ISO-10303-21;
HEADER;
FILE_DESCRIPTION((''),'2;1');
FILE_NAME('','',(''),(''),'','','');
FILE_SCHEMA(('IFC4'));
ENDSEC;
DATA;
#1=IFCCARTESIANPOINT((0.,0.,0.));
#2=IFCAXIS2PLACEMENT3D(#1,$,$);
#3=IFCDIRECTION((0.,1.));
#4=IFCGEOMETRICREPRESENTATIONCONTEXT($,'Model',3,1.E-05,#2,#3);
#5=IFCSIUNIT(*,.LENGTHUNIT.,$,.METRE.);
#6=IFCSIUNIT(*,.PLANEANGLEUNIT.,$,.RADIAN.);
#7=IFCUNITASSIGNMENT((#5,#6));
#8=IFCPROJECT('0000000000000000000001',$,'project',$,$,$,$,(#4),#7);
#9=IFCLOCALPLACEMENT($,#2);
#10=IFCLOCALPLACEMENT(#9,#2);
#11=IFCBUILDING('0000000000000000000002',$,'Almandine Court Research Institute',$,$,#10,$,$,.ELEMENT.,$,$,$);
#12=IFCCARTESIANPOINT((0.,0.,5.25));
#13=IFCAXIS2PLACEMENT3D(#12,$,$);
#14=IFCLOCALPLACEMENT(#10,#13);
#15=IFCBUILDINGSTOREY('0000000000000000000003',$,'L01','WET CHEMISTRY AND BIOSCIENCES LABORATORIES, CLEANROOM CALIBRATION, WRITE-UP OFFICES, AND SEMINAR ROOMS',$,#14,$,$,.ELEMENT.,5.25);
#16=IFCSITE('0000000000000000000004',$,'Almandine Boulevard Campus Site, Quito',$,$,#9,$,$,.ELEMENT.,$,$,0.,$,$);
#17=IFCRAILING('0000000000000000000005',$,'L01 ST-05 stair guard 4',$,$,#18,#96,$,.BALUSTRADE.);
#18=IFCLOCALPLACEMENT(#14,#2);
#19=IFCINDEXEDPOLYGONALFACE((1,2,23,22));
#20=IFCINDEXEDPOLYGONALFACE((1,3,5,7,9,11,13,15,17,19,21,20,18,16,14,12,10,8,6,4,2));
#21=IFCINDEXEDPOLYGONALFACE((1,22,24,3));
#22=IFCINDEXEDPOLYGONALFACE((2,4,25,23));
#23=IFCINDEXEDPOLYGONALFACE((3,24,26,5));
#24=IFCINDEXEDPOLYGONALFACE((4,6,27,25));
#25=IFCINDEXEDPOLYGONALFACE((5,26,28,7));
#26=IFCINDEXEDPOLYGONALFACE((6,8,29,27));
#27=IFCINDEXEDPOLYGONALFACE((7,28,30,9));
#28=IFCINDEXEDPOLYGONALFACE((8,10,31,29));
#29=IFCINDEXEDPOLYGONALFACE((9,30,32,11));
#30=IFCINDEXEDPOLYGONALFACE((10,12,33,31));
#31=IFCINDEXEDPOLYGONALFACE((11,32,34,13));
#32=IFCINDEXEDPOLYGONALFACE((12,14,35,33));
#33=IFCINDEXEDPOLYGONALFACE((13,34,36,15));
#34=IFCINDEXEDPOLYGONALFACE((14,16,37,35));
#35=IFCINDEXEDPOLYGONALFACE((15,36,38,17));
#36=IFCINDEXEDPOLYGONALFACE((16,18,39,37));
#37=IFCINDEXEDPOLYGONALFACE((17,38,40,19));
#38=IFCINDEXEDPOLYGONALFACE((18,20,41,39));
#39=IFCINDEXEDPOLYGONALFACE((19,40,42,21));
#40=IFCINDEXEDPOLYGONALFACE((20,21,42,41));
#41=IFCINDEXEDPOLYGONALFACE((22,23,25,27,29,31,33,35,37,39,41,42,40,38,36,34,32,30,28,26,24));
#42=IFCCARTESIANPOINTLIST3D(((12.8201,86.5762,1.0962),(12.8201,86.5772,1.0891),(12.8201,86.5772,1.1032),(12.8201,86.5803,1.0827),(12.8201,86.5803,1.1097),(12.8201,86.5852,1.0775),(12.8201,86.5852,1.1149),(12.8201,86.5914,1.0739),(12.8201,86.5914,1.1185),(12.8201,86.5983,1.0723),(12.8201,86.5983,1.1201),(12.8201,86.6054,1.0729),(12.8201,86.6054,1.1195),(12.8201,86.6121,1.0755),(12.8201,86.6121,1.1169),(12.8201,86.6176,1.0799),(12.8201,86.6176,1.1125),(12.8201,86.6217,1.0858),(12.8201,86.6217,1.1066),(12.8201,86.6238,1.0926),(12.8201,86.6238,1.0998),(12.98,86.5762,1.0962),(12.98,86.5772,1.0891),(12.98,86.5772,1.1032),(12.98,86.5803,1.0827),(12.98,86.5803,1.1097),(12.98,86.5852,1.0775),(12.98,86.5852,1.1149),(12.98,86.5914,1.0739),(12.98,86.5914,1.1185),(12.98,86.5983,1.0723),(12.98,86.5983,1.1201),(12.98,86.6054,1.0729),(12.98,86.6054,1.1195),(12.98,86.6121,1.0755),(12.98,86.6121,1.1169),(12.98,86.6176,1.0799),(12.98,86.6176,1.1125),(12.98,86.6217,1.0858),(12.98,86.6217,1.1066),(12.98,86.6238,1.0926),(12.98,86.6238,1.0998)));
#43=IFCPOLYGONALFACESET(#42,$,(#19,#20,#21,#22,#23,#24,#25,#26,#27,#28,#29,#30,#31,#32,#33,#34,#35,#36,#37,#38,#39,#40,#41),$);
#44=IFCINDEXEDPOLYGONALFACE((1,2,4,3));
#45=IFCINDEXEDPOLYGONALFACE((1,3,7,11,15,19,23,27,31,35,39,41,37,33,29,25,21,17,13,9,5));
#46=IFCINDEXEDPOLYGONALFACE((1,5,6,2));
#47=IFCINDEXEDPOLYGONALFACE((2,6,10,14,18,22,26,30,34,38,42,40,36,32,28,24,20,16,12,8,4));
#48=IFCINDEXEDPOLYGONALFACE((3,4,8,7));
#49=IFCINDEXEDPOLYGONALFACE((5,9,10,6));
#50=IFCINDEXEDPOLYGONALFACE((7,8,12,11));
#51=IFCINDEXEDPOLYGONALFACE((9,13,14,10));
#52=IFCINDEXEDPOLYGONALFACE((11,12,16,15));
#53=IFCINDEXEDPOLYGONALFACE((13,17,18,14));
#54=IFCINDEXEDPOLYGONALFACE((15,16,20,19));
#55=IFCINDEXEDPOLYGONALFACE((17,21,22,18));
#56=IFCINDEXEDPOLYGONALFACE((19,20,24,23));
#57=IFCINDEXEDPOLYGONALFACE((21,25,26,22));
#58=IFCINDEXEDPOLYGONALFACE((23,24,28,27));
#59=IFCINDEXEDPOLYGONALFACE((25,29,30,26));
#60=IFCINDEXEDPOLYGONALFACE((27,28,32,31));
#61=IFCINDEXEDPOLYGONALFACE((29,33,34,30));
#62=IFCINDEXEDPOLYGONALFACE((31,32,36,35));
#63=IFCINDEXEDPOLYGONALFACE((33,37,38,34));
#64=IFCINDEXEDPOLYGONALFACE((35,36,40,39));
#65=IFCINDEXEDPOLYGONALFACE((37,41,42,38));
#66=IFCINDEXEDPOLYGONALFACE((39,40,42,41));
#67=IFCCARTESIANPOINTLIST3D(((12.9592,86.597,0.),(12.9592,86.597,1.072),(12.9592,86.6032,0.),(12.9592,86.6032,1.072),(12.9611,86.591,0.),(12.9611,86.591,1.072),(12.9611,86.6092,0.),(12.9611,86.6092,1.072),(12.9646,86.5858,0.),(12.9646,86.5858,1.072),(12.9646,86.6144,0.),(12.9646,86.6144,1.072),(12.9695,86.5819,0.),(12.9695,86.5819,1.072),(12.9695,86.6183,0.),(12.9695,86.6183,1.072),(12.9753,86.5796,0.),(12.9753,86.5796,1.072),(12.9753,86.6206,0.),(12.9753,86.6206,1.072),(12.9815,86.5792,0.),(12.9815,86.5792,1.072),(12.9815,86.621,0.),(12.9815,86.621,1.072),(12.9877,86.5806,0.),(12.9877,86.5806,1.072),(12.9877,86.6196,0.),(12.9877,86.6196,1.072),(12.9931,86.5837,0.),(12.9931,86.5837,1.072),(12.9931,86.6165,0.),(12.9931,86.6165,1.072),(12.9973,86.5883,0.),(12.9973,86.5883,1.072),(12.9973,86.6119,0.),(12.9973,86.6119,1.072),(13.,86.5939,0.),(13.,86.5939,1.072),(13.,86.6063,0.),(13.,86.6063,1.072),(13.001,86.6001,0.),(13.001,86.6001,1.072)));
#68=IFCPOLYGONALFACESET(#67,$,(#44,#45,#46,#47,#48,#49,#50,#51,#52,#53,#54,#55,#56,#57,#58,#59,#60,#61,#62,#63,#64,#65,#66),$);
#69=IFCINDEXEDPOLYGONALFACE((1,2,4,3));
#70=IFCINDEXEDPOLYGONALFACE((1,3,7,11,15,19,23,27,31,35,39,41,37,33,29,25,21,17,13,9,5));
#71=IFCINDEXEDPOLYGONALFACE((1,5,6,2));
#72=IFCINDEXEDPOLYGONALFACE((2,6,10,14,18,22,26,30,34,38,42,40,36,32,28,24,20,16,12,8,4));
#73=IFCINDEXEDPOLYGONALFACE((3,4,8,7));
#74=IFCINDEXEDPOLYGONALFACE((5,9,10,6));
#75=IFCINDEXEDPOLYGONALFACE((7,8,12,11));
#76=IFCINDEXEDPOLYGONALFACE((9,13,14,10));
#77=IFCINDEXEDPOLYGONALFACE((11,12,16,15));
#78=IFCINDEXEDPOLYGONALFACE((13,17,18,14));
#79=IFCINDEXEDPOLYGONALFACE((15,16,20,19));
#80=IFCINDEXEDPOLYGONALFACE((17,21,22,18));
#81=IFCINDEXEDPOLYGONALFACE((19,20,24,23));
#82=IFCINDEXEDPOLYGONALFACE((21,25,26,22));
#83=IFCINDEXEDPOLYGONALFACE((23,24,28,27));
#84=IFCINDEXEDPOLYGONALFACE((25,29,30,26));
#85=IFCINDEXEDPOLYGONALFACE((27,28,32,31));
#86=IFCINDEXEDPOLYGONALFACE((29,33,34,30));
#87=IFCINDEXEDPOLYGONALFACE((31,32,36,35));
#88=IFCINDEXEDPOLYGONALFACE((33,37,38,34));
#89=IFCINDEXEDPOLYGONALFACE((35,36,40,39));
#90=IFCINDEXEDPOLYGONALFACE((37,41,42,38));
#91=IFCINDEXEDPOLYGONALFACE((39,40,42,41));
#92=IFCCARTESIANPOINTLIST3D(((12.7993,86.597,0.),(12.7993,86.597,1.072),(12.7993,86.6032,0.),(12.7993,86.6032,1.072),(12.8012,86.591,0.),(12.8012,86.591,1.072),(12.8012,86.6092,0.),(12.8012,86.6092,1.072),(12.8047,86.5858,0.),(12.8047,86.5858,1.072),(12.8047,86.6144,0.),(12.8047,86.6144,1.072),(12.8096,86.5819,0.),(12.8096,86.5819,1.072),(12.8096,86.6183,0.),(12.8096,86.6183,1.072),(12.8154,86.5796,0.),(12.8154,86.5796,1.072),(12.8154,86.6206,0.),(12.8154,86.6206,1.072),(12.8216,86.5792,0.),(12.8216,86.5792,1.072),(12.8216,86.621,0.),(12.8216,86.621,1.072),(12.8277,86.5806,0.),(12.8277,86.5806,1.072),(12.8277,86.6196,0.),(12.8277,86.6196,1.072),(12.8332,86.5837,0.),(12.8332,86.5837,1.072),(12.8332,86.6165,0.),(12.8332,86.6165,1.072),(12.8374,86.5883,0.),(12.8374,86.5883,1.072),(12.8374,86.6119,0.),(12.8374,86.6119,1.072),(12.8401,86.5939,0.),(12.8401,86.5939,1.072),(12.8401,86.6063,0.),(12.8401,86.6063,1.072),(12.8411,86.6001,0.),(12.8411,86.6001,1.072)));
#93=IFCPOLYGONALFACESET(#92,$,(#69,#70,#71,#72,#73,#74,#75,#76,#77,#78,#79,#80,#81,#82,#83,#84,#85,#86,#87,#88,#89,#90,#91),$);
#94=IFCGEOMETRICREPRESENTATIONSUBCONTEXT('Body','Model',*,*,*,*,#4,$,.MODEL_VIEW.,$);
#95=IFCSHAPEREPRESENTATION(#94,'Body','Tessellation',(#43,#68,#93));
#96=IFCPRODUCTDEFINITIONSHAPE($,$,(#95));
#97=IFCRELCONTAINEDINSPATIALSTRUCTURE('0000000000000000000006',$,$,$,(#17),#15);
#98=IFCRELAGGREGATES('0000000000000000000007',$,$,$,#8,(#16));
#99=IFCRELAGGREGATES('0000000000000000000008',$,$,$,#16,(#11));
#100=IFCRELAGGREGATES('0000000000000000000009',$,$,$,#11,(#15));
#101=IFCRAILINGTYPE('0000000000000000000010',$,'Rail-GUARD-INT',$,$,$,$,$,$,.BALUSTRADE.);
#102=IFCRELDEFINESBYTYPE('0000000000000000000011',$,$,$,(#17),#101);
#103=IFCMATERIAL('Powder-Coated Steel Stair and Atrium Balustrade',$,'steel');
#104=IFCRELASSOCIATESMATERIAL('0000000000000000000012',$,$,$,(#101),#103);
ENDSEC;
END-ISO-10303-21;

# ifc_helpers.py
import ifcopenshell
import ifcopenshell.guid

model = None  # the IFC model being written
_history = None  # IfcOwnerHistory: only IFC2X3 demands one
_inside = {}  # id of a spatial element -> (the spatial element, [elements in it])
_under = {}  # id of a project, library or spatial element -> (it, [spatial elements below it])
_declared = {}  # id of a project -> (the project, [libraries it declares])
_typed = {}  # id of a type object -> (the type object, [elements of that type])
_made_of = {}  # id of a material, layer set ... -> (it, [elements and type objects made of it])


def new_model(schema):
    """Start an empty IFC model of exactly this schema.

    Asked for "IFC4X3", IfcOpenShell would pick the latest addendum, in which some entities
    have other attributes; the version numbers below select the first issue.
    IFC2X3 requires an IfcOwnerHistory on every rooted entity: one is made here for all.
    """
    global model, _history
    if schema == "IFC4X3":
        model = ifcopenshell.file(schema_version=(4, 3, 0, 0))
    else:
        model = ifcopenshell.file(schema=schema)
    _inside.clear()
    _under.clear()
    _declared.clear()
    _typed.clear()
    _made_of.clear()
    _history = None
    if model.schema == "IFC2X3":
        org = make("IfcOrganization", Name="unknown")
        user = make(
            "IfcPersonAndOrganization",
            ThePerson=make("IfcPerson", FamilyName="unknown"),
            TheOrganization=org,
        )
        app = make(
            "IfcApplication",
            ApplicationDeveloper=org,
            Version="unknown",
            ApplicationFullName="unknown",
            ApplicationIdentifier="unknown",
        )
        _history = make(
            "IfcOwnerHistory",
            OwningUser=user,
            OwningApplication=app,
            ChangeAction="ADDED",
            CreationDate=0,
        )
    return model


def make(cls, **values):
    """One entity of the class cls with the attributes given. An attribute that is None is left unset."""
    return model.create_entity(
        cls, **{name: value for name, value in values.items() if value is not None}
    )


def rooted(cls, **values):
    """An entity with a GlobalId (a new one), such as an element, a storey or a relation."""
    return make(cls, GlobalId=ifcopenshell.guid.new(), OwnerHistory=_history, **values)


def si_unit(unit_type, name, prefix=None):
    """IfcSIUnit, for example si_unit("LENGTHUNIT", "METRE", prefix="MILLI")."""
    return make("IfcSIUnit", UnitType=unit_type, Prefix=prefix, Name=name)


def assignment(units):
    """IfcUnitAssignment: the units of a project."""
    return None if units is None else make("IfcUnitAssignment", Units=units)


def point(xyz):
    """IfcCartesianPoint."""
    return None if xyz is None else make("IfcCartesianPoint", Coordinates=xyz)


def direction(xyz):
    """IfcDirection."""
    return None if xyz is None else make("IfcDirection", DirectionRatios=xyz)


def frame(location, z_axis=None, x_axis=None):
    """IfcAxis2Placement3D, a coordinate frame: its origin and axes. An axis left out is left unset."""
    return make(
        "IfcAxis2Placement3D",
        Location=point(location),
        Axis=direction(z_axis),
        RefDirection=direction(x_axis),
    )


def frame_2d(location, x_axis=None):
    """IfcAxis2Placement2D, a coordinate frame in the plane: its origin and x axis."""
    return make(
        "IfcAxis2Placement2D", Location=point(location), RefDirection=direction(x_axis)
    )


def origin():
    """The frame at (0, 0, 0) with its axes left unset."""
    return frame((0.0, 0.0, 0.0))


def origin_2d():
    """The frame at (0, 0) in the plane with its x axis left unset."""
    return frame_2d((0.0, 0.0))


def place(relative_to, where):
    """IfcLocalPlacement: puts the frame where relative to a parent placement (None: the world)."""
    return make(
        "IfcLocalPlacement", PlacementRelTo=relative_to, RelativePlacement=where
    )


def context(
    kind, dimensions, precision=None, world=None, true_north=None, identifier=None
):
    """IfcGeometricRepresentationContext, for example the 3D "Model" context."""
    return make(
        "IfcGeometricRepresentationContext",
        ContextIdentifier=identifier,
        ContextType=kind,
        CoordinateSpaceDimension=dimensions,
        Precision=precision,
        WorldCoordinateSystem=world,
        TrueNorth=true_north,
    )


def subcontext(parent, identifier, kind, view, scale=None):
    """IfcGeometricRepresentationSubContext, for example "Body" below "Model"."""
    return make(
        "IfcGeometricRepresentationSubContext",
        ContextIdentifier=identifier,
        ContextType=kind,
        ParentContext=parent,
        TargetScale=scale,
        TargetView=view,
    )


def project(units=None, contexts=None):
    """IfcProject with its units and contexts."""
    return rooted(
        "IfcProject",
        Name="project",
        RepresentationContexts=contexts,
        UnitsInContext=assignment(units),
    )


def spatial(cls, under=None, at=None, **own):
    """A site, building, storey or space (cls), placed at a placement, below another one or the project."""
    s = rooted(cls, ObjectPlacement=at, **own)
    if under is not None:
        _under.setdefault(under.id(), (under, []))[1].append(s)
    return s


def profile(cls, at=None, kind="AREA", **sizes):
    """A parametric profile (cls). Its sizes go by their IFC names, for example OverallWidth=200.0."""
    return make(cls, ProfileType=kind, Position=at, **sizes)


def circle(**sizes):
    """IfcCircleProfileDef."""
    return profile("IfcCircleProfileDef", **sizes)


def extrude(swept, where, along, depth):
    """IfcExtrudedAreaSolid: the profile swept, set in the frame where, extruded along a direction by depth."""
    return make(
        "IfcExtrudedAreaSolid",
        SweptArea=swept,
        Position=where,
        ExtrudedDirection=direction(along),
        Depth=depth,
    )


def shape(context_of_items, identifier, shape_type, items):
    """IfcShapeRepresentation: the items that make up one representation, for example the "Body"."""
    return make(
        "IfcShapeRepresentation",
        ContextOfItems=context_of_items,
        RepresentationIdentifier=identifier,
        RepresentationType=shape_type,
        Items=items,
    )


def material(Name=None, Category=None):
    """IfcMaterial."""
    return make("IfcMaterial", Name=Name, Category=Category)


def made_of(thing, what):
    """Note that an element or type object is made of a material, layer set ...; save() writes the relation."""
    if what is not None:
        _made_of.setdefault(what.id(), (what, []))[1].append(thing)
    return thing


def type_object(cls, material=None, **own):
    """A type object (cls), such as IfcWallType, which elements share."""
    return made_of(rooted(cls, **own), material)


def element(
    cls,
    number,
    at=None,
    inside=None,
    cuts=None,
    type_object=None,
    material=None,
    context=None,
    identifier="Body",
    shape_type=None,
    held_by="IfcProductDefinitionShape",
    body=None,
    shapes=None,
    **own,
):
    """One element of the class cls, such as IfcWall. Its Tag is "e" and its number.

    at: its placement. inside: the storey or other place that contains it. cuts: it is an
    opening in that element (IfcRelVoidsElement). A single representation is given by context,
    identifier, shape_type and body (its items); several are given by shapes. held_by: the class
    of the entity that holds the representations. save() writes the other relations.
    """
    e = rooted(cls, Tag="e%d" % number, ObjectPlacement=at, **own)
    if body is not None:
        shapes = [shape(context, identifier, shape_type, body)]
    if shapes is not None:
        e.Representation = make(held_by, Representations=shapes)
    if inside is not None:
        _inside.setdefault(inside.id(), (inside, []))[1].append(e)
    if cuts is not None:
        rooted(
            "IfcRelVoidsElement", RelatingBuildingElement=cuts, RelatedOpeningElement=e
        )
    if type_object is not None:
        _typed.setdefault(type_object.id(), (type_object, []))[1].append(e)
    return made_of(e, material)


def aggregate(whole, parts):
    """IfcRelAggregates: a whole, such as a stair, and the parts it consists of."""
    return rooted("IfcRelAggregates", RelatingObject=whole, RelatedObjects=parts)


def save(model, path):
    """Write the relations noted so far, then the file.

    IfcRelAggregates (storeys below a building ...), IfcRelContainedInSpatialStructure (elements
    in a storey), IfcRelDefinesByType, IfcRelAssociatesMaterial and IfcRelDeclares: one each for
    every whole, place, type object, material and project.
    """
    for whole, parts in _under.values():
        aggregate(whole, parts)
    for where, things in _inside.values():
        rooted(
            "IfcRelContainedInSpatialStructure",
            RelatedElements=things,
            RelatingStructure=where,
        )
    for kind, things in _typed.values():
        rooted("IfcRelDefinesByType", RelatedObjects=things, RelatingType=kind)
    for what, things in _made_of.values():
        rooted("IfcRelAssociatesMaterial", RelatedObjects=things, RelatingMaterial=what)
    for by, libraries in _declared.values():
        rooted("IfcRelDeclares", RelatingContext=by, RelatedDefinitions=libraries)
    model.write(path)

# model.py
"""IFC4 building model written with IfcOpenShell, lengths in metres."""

from ifc_helpers import new_model, si_unit, direction, frame, origin, origin_2d, place, context, subcontext, project, spatial, circle, extrude, material, type_object, element, save


model = new_model("IFC4")

# Units and contexts
model_context = context("Model", 3, precision=1e-05, world=origin(), true_north=direction((0.0, 1.0)))
body_context = subcontext(model_context, "Body", "Model", "MODEL_VIEW")
ifc_project = project(units=[si_unit("LENGTHUNIT", "METRE"), si_unit("PLANEANGLEUNIT", "RADIAN")], contexts=[model_context])

# Site, building, storey
site_placement = place(None, origin())
site = spatial("IfcSite", under=ifc_project, at=site_placement, Name="Almandine Boulevard Campus Site, Quito", CompositionType="ELEMENT", RefElevation=0.0)
building_placement = place(site_placement, origin())
building = spatial("IfcBuilding", under=site, at=building_placement, Name="Almandine Court Research Institute", CompositionType="ELEMENT")
storey_placement = place(building_placement, frame((0.0, 0.0, 5.25)))
storey = spatial("IfcBuildingStorey", under=building, at=storey_placement, Name="L01", Description="WET CHEMISTRY AND BIOSCIENCES LABORATORIES, CLEANROOM CALIBRATION, WRITE-UP OFFICES, AND SEMINAR ROOMS", CompositionType="ELEMENT", Elevation=5.25)

# Railing
ifc_material_1 = material(Name="Powder-Coated Steel Stair and Atrium Balustrade", Category="steel")
railing_type_1 = type_object("IfcRailingType", Name="Rail-GUARD-INT", PredefinedType="BALUSTRADE", material=ifc_material_1)
railing_1_placement = place(storey_placement, frame((12.98, 86.6001, 0.0)))
element("IfcRailing", 1, at=railing_1_placement, inside=storey, type_object=railing_type_1, Name="L01 ST-05 stair guard 4", PredefinedType="BALUSTRADE", context=body_context, shape_type="SweptSolid", body=[
    extrude(circle(Radius=0.0239, at=origin_2d()), frame((0.0, 0.0, 1.0962), z_axis=(-1.0, 0.0, 0.0), x_axis=(0.0, -1.0, 0.0)), (0.0, 0.0, 1.0), 0.1599),
    extrude(circle(Radius=0.021, at=origin_2d()), origin(), (0.0, 0.0, 1.0), 1.072),
    extrude(circle(Radius=0.021, at=origin_2d()), frame((-0.1599, 0.0, 0.0)), (0.0, 0.0, 1.0), 1.072),
])

save(model, "model.ifc")
